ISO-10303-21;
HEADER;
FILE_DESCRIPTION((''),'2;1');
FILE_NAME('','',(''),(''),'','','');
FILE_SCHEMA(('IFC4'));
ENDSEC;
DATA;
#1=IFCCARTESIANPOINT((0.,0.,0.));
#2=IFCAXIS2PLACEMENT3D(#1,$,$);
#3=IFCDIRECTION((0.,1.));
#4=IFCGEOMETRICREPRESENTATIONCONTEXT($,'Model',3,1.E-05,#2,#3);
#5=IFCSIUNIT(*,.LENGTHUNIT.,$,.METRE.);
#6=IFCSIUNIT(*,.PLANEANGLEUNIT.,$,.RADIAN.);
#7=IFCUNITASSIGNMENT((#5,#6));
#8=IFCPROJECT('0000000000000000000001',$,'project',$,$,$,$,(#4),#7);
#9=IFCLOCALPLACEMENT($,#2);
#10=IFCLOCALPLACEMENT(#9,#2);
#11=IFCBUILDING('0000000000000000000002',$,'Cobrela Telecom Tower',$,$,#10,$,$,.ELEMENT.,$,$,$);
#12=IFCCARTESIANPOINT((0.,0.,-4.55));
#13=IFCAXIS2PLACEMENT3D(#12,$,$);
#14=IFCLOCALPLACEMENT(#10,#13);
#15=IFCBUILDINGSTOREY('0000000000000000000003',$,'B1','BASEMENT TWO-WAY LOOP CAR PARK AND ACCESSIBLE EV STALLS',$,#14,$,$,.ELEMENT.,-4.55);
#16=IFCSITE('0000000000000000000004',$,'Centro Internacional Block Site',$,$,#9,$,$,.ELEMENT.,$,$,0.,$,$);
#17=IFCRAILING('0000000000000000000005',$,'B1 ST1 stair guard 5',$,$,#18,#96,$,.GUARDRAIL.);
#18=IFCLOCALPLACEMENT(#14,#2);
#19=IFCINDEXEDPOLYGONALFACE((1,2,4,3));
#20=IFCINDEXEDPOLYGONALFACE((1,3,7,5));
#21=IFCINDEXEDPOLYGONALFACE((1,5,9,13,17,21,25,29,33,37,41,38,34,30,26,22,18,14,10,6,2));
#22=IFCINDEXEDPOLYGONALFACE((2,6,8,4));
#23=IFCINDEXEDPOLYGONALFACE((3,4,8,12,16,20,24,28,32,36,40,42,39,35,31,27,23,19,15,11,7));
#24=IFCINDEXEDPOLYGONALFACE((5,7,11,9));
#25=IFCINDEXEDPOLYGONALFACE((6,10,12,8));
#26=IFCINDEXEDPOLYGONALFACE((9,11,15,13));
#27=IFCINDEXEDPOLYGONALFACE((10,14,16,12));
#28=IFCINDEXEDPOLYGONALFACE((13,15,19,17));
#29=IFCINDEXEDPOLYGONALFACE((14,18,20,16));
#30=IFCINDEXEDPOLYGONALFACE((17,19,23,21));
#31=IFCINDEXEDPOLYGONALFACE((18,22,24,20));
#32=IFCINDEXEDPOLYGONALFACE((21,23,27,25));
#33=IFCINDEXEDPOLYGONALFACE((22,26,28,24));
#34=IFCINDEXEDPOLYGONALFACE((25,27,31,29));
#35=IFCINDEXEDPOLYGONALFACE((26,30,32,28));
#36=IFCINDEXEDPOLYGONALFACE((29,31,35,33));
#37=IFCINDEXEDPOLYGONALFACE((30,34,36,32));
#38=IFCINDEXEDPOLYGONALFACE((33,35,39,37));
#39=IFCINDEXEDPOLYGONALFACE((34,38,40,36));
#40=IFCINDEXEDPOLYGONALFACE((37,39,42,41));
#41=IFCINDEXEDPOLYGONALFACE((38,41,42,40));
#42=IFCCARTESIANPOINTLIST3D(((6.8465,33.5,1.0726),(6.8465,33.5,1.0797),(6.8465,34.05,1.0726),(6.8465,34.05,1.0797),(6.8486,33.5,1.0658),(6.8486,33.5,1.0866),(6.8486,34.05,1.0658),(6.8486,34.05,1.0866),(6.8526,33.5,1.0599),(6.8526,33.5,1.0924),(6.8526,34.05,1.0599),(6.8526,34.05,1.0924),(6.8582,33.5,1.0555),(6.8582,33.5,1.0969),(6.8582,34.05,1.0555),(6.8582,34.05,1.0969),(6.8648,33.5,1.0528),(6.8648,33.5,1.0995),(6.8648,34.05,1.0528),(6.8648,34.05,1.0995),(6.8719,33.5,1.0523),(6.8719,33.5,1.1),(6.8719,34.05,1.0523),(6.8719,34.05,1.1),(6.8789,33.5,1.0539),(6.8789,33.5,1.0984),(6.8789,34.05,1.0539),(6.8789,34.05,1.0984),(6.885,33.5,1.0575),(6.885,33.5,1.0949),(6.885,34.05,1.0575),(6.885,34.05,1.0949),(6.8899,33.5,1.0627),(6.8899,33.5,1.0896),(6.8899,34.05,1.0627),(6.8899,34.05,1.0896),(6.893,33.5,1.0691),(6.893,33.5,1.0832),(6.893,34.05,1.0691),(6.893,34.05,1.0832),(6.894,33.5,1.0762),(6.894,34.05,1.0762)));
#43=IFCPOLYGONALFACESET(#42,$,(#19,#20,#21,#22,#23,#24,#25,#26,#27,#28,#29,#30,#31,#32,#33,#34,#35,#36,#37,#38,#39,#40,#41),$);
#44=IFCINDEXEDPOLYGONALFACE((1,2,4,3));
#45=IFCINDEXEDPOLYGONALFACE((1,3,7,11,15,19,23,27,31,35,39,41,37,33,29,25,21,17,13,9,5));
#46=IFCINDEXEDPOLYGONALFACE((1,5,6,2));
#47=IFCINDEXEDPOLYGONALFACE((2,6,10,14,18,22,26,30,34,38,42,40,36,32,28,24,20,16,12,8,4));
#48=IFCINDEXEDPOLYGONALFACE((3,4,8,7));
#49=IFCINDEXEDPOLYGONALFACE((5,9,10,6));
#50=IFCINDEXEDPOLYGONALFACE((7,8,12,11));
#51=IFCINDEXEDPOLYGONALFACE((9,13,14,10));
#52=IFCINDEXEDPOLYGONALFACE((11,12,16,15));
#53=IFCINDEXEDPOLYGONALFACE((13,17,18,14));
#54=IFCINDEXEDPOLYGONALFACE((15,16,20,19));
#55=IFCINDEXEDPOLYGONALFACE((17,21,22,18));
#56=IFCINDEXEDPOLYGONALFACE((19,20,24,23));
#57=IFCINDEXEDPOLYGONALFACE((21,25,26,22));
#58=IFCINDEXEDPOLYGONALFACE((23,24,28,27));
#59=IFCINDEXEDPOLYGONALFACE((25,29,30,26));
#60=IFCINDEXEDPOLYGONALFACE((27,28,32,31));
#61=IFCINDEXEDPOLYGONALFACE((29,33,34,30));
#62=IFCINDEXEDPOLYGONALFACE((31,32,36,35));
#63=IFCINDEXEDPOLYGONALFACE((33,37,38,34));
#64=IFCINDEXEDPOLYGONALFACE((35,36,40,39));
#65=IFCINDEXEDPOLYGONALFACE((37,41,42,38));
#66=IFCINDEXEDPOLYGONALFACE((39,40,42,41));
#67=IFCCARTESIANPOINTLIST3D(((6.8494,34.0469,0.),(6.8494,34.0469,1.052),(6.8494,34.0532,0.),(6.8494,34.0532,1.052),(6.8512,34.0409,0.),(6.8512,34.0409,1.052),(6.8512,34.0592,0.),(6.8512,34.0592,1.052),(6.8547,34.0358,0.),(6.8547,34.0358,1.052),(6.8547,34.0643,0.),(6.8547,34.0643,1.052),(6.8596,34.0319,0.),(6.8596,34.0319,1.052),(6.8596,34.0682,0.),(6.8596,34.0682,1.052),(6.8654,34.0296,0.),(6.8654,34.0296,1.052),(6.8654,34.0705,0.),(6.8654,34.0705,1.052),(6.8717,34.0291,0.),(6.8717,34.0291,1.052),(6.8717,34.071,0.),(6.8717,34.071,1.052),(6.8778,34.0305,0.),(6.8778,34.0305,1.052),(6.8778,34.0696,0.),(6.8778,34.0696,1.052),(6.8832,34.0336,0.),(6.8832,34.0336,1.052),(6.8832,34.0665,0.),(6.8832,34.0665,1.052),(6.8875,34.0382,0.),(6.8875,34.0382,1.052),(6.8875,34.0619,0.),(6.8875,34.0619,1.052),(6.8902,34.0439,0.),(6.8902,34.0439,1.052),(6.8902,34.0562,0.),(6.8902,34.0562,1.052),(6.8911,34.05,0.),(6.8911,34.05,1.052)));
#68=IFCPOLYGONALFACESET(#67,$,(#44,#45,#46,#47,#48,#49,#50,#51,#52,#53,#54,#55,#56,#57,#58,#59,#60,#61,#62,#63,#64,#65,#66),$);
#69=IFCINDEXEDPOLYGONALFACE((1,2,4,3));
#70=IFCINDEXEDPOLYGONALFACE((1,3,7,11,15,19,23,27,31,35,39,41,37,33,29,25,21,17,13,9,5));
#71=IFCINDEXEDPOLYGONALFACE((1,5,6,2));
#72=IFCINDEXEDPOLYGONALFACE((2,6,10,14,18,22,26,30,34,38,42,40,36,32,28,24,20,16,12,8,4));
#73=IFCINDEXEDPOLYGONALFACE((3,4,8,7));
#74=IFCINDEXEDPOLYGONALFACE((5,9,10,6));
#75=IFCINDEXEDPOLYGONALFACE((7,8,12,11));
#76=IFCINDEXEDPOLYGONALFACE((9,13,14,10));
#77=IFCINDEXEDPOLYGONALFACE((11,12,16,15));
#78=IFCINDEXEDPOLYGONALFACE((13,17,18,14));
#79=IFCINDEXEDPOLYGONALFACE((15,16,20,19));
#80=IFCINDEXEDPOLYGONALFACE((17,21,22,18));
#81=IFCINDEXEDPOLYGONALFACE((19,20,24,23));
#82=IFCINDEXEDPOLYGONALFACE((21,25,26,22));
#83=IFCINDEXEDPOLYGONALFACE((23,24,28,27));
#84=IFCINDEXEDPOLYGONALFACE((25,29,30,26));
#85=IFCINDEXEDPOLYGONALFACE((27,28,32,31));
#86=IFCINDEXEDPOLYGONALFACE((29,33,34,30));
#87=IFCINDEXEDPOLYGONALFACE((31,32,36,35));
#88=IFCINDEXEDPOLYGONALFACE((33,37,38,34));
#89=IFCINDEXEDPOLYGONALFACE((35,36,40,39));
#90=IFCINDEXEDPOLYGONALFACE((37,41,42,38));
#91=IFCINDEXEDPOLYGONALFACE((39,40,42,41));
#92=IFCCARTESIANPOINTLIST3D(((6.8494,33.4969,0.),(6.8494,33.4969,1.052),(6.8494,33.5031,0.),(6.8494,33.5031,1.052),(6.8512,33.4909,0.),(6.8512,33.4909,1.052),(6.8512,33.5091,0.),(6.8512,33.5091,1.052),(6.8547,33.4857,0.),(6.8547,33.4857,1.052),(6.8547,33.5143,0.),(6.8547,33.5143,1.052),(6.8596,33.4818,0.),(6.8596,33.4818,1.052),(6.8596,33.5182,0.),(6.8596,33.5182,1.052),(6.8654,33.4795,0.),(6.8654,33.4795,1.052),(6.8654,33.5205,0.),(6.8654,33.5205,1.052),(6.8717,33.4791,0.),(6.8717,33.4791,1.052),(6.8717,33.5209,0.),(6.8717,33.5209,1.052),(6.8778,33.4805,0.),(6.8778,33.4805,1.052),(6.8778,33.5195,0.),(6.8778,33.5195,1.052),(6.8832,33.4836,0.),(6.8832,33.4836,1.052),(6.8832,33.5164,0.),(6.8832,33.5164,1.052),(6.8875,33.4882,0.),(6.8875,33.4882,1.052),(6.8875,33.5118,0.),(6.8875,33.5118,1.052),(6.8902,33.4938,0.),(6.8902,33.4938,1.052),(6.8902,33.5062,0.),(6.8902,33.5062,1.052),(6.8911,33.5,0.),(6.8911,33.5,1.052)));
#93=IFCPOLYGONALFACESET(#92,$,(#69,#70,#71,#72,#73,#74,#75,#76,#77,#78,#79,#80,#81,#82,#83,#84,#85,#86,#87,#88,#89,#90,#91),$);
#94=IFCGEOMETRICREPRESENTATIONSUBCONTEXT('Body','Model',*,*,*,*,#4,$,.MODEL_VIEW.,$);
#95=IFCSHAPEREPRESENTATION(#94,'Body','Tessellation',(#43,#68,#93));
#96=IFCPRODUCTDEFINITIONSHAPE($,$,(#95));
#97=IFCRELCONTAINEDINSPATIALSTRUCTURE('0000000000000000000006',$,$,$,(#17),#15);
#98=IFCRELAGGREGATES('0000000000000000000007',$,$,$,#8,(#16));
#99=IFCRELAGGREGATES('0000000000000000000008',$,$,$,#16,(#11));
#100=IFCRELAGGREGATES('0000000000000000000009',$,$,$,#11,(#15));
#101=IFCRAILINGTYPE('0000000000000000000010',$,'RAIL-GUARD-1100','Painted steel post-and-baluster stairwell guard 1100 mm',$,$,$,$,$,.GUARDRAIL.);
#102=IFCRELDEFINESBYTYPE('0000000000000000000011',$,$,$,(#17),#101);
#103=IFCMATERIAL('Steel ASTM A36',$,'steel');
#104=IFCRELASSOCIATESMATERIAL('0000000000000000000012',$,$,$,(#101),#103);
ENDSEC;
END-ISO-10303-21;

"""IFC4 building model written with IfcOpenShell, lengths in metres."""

from ifc_helpers import new_model, si_unit, direction, frame, origin, origin_2d, place, context, subcontext, project, spatial, circle, extrude, material, type_object, element, save


model = new_model("IFC4")

# Units and contexts
model_context = context("Model", 3, precision=1e-05, world=origin(), true_north=direction((0.0, 1.0)))
body_context = subcontext(model_context, "Body", "Model", "MODEL_VIEW")
ifc_project = project(units=[si_unit("LENGTHUNIT", "METRE"), si_unit("PLANEANGLEUNIT", "RADIAN")], contexts=[model_context])

# Site, building, storey
site_placement = place(None, origin())
site = spatial("IfcSite", under=ifc_project, at=site_placement, Name="Centro Internacional Block Site", CompositionType="ELEMENT", RefElevation=0.0)
building_placement = place(site_placement, origin())
building = spatial("IfcBuilding", under=site, at=building_placement, Name="Cobrela Telecom Tower", CompositionType="ELEMENT")
storey_placement = place(building_placement, frame((0.0, 0.0, -4.55)))
storey = spatial("IfcBuildingStorey", under=building, at=storey_placement, Name="B1", Description="BASEMENT TWO-WAY LOOP CAR PARK AND ACCESSIBLE EV STALLS", CompositionType="ELEMENT", Elevation=-4.55)

# Shared definitions
ifc_material_1 = material(Name="Steel ASTM A36", Category="steel")

# Railing
railing_type_1 = type_object("IfcRailingType", Name="RAIL-GUARD-1100", Description="Painted steel post-and-baluster stairwell guard 1100 mm", PredefinedType="GUARDRAIL", material=ifc_material_1)
railing_1_placement = place(storey_placement, frame((6.8701, 34.05, 0.0)))
element("IfcRailing", 1, at=railing_1_placement, inside=storey, type_object=railing_type_1, Name="B1 ST1 stair guard 5", PredefinedType="GUARDRAIL", context=body_context, shape_type="SweptSolid", body=[
    extrude(circle(Radius=0.0239, at=origin_2d()), frame((0.0, 0.0, 1.0762), z_axis=(0.0, -1.0, 0.0), x_axis=(1.0, 0.0, 0.0)), (0.0, 0.0, 1.0), 0.55),
    extrude(circle(Radius=0.021, at=origin_2d()), origin(), (0.0, 0.0, 1.0), 1.052),
    extrude(circle(Radius=0.021, at=origin_2d()), frame((0.0, -0.55, 0.0)), (0.0, 0.0, 1.0), 1.052),
])

save(model, "model.ifc")
